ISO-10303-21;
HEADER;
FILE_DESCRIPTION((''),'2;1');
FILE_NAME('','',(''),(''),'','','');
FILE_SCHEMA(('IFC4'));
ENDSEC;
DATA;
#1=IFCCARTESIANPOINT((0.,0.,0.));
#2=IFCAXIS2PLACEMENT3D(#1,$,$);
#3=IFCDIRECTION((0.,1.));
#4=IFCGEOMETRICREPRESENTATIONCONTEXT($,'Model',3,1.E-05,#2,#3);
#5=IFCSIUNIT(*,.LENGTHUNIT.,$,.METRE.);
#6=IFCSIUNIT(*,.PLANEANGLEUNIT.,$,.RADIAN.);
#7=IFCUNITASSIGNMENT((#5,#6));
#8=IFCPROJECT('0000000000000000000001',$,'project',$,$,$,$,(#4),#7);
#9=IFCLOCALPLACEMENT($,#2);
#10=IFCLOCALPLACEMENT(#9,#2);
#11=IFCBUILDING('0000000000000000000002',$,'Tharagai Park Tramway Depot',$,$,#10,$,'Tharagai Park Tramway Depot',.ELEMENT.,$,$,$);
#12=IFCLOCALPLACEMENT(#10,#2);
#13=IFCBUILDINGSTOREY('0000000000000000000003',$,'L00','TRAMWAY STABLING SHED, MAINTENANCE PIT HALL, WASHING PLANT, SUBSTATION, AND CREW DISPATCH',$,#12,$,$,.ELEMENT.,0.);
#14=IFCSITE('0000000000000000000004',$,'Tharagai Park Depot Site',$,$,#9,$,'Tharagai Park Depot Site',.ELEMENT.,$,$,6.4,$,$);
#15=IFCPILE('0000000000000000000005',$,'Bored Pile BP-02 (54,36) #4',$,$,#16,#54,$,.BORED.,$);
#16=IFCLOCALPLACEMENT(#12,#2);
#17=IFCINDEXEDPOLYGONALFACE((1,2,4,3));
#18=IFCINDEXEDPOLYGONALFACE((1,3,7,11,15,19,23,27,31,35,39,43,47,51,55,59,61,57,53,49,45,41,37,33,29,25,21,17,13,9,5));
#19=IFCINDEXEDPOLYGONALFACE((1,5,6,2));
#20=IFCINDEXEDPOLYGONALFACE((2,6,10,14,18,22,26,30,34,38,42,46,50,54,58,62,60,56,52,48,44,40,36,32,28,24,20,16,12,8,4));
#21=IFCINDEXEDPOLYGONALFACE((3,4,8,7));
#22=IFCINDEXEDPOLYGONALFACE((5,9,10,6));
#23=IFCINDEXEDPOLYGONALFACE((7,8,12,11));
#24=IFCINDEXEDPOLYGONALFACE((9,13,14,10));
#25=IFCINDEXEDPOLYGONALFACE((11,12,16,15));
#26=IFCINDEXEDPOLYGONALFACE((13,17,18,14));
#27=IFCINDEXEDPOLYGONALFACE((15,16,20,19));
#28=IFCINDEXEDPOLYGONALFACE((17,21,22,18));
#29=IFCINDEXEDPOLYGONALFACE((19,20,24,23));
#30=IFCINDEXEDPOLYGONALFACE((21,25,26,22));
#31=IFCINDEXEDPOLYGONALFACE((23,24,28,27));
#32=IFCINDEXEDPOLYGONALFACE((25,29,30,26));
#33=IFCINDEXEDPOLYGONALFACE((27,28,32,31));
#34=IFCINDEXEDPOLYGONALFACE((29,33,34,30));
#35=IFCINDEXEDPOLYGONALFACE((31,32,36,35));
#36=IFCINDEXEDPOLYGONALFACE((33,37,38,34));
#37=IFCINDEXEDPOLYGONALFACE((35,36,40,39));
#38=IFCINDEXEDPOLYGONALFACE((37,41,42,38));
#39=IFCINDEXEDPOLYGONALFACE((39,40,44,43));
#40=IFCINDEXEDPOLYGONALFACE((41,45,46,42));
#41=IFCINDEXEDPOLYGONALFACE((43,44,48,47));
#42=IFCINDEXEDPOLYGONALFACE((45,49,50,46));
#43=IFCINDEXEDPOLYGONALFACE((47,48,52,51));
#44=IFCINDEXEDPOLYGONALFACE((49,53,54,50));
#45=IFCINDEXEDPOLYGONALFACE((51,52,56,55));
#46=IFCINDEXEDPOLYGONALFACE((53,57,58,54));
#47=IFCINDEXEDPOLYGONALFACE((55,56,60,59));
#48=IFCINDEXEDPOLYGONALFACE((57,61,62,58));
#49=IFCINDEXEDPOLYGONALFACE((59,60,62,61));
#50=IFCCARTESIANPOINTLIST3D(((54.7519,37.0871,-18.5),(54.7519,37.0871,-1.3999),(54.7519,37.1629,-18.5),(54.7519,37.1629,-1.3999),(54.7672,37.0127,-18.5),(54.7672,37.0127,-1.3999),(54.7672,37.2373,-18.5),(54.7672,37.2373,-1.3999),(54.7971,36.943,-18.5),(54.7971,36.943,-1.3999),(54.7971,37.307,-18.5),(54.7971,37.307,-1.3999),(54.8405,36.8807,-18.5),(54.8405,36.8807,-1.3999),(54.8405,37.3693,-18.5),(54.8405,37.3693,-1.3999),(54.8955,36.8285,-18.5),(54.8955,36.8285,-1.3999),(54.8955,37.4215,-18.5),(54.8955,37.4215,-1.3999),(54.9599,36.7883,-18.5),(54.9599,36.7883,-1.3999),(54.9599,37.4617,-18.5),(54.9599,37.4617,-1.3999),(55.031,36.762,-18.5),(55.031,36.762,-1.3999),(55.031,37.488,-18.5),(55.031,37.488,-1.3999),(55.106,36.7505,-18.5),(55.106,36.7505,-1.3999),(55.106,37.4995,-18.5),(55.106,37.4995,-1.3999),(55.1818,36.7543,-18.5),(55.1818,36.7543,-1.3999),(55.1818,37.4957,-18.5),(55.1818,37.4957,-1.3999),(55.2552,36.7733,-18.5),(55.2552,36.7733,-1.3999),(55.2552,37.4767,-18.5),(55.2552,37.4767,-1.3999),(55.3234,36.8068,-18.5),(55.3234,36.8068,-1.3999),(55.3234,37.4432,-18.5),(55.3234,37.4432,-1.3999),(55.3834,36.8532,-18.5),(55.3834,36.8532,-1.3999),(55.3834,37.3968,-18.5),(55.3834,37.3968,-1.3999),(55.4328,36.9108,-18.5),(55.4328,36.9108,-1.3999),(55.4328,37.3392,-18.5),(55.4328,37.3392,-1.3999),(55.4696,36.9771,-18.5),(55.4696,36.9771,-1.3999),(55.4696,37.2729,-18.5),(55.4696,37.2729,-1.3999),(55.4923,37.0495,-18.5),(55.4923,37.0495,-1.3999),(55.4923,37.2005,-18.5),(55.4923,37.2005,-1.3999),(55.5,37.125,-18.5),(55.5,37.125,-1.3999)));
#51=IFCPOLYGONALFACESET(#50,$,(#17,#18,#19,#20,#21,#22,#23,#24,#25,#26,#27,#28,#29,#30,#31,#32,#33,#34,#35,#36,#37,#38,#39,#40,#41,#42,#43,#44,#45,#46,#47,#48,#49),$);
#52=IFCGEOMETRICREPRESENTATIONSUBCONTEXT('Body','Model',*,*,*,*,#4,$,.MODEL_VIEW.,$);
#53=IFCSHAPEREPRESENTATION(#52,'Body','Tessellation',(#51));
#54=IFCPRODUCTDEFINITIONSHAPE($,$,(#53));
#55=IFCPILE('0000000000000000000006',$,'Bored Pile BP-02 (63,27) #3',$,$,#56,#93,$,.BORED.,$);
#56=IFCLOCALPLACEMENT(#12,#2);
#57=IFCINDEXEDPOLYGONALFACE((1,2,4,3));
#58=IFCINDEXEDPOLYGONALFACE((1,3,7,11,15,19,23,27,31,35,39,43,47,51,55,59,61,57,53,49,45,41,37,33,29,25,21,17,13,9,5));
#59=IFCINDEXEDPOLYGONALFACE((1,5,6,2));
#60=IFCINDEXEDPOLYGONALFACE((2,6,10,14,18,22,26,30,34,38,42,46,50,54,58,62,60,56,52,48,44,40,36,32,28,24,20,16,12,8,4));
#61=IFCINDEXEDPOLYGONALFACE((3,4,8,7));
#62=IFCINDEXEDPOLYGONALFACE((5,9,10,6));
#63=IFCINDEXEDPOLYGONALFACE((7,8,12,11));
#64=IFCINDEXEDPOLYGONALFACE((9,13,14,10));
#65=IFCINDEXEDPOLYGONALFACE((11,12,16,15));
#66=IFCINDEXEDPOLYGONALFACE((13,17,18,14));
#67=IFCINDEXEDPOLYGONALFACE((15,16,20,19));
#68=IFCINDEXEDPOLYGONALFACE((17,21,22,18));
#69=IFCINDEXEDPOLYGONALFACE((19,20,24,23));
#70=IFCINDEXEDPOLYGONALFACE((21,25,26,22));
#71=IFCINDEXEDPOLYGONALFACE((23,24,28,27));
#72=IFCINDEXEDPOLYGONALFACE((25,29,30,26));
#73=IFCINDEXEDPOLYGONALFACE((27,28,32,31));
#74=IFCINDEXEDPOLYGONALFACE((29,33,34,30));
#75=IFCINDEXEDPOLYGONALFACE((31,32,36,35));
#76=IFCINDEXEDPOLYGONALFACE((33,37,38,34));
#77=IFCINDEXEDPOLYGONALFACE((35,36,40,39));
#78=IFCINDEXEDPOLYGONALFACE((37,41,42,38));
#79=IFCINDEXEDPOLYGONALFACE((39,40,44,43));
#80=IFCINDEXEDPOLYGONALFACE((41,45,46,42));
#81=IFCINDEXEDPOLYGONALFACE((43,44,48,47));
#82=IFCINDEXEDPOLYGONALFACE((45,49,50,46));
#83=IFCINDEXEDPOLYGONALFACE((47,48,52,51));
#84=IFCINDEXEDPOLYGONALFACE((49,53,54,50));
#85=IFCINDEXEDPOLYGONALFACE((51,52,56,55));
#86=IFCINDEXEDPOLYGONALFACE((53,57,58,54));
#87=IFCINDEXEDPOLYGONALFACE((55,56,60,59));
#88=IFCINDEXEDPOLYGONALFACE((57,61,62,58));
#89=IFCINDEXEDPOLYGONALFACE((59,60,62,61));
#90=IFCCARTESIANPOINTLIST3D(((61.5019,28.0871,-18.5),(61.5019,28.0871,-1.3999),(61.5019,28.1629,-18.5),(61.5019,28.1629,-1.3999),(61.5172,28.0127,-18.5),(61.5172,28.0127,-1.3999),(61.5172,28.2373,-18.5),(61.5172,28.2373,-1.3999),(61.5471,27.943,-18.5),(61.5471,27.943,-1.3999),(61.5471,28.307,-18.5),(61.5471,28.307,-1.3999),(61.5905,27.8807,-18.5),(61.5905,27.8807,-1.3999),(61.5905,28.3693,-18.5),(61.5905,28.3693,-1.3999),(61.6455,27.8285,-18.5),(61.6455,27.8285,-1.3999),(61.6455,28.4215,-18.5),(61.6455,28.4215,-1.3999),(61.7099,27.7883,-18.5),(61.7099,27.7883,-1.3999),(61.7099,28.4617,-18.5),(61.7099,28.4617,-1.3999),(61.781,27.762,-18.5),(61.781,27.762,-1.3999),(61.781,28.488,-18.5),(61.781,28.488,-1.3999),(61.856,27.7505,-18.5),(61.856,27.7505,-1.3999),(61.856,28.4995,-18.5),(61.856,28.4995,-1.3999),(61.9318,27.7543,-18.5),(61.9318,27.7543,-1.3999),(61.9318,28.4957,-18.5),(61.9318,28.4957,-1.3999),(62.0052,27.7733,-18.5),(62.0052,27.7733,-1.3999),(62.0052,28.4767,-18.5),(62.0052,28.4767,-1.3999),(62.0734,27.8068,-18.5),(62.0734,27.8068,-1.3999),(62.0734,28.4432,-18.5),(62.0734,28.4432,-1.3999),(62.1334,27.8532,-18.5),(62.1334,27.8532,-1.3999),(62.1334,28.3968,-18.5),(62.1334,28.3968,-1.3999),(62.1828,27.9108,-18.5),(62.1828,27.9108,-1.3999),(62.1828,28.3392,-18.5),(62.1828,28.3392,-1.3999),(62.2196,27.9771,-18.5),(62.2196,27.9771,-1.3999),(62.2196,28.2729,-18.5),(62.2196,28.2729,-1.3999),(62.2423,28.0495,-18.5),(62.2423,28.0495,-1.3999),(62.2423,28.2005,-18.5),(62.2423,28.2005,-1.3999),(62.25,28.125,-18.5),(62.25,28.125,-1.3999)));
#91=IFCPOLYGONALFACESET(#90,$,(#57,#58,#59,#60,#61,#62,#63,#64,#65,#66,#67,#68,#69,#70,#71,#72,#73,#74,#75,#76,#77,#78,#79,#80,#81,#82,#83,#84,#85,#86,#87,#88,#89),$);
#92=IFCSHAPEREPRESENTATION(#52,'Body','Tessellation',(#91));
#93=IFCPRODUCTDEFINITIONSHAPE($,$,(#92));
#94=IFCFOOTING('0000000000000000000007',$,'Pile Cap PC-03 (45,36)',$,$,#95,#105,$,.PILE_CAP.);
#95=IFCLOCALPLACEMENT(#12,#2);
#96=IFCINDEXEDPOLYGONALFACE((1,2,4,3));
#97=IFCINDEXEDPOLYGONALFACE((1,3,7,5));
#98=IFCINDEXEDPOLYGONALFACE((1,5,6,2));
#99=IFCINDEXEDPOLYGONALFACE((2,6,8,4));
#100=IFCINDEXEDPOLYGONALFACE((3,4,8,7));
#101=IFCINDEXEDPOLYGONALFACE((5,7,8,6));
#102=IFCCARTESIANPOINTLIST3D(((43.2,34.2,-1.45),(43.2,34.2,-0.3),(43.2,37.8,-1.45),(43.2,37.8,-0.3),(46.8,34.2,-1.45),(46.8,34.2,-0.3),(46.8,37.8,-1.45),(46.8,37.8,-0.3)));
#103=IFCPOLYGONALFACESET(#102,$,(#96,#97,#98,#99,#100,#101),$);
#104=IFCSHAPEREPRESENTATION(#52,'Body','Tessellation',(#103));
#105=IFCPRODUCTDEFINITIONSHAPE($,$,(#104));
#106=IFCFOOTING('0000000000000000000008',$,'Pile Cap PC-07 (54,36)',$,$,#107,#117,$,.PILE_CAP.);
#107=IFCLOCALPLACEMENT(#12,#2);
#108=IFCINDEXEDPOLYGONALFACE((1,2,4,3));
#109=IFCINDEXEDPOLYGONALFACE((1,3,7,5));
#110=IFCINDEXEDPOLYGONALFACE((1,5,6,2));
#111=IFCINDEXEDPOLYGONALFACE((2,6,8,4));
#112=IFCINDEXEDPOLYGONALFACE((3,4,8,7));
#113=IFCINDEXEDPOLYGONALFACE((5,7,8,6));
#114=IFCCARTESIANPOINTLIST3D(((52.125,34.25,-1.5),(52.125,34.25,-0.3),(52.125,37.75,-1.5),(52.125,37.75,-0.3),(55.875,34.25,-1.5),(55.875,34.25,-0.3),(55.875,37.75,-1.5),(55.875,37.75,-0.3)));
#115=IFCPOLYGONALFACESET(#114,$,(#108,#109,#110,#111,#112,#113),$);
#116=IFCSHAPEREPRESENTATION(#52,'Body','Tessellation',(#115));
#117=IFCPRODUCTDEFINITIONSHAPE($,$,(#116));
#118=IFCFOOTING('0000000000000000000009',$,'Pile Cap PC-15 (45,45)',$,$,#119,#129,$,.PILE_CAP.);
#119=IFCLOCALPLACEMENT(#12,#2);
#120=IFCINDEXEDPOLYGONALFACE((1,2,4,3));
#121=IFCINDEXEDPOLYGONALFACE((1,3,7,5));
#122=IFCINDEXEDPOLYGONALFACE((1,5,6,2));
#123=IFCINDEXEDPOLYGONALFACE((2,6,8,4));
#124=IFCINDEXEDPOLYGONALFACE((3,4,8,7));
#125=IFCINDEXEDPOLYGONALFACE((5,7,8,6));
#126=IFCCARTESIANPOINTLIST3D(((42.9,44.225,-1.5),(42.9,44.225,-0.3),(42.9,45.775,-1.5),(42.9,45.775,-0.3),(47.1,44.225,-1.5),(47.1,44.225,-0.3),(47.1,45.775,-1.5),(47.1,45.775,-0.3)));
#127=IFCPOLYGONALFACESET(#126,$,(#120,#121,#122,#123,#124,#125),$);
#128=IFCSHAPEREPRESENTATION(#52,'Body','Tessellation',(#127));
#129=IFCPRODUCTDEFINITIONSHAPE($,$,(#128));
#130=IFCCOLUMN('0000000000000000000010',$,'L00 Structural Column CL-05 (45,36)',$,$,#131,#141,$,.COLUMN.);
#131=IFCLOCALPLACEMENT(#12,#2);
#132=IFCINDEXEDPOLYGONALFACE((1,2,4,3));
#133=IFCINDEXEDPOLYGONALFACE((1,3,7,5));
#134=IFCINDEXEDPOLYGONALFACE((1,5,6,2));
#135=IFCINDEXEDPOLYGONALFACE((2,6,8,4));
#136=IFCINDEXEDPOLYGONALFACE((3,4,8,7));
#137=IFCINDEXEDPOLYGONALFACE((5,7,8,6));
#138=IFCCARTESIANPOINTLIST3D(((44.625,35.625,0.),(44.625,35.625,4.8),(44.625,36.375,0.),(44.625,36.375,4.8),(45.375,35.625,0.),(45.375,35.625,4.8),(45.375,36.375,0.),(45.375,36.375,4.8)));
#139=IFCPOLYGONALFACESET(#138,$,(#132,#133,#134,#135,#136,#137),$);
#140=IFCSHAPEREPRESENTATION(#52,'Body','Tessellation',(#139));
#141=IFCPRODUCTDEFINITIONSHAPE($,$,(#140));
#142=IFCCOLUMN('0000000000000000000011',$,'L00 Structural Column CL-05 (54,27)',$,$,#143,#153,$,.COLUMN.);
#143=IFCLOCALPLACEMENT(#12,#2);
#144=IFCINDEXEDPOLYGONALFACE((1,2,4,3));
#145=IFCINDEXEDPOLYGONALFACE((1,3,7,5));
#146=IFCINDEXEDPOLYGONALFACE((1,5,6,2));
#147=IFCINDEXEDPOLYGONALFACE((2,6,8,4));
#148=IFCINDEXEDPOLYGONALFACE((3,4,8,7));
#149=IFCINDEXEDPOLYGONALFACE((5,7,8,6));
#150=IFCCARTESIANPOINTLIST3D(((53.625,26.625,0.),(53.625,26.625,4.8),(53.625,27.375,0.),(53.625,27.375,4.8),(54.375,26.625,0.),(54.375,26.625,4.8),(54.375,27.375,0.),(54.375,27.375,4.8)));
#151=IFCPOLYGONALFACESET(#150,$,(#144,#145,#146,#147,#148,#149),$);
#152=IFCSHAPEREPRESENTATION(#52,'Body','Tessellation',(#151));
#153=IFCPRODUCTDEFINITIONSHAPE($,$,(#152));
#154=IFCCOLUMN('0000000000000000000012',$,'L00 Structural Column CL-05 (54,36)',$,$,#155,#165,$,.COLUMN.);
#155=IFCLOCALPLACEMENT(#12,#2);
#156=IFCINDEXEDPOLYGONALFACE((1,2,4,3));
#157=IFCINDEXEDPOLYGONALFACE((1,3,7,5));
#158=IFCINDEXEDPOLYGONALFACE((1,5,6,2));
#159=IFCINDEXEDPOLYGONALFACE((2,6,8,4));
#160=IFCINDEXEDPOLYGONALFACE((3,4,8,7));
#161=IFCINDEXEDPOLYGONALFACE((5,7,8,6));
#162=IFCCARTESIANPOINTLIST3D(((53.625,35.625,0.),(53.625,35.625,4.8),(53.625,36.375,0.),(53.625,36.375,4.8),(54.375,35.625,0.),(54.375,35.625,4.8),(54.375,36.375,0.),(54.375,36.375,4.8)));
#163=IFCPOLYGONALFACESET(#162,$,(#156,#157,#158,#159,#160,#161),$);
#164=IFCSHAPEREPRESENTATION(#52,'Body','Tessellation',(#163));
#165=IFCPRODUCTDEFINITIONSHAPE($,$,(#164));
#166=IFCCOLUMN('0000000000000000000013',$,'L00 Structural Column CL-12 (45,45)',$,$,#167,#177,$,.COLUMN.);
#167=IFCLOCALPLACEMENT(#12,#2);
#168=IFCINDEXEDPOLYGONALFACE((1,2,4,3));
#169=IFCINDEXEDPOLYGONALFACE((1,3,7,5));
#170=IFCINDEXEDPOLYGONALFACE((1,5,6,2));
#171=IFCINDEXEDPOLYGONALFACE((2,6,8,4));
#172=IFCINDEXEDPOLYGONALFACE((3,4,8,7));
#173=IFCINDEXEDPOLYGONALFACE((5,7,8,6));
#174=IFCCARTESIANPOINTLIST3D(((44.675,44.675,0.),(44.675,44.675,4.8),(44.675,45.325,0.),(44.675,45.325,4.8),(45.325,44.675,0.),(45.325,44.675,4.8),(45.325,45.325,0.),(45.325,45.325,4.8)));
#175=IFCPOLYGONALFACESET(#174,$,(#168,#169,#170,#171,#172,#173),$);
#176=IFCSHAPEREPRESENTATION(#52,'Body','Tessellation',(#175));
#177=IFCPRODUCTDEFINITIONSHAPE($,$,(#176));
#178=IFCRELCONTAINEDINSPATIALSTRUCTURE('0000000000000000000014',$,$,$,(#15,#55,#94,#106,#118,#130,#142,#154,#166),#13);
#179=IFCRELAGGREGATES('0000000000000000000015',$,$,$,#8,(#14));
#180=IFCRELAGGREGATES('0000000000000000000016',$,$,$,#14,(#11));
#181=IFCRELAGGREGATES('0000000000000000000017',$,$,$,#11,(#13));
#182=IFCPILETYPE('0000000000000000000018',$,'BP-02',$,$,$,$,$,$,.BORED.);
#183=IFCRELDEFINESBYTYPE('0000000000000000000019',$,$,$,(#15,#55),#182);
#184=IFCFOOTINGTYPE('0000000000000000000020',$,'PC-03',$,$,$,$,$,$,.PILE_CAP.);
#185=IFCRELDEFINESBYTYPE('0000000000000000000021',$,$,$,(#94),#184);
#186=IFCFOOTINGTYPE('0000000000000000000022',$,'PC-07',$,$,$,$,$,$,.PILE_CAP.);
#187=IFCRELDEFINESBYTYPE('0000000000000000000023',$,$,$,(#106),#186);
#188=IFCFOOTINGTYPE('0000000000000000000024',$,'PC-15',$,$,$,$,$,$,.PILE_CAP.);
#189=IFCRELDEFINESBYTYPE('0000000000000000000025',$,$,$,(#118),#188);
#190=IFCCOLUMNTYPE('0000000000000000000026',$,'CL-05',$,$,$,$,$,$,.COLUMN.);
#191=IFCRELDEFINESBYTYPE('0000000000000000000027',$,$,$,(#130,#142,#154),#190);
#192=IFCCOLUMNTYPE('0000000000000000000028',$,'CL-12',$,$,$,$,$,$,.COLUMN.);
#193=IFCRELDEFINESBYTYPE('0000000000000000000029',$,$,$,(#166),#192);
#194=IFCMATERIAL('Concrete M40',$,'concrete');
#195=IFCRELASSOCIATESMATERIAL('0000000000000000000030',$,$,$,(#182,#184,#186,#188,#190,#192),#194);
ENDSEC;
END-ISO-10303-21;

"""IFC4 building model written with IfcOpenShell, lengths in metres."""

from ifc_helpers import new_model, si_unit, direction, frame, origin, origin_2d, place, context, subcontext, project, spatial, rectangle, circle, extrude, material, material_profile, profile_set, type_object, element, save


model = new_model("IFC4")

# Units and contexts
model_context = context("Model", 3, precision=1e-05, world=origin(), true_north=direction((0.0, 1.0)))
body_context = subcontext(model_context, "Body", "Model", "MODEL_VIEW")
ifc_project = project(units=[si_unit("LENGTHUNIT", "METRE"), si_unit("PLANEANGLEUNIT", "RADIAN")], contexts=[model_context])

# Site, building, storey
site_placement = place(None, origin())
site = spatial("IfcSite", under=ifc_project, at=site_placement, Name="Tharagai Park Depot Site", LongName="Tharagai Park Depot Site", CompositionType="ELEMENT", RefElevation=6.4)
building_placement = place(site_placement, origin())
building = spatial("IfcBuilding", under=site, at=building_placement, Name="Tharagai Park Tramway Depot", LongName="Tharagai Park Tramway Depot", CompositionType="ELEMENT")
storey_placement = place(building_placement, origin())
storey = spatial("IfcBuildingStorey", under=building, at=storey_placement, Name="L00", Description="TRAMWAY STABLING SHED, MAINTENANCE PIT HALL, WASHING PLANT, SUBSTATION, AND CREW DISPATCH", CompositionType="ELEMENT", Elevation=0.0)

# Piles
ifc_material = material(Name="Concrete M40", Category="concrete")
ifc_material_profile_1 = material_profile(ifc_material, circle(Radius=0.375, at=origin_2d()), Name="PILE D750")
ifc_profile_set_1 = profile_set([ifc_material_profile_1], Name="Concrete M40")
pile_type_1 = type_object("IfcPileType", Name="BP-02", PredefinedType="BORED", material=ifc_profile_set_1)
for number, where, z_axis, x_axis, name in (
    (1, (55.125, 37.125, -1.3999), (0.0, 0.0, -1.0), (1.0, 0.0, 0.0), "Bored Pile BP-02 (54,36) #4"),
    (2, (61.875, 28.125, -1.3999), (0.0, 0.0, -1.0), (1.0, 0.0, 0.0), "Bored Pile BP-02 (63,27) #3"),
):
    element("IfcPile", number, at=place(storey_placement, frame(where, z_axis=z_axis, x_axis=x_axis)), inside=storey, type_object=pile_type_1, Name=name, PredefinedType="BORED", context=body_context, shape_type="SweptSolid", body=[
        extrude(circle(Radius=0.375, at=origin_2d()), origin(), (0.0, 0.0, 1.0), 17.1001),
    ])

# Footings
footing_type_1 = type_object("IfcFootingType", Name="PC-03", PredefinedType="PILE_CAP", material=ifc_material)
footing_1_placement = place(storey_placement, frame((45.0, 36.0, -1.45), z_axis=(0.0, 0.0, 1.0), x_axis=(1.0, 0.0, 0.0)))
element("IfcFooting", 3, at=footing_1_placement, inside=storey, type_object=footing_type_1, Name="Pile Cap PC-03 (45,36)", PredefinedType="PILE_CAP", context=body_context, shape_type="SweptSolid", body=[
    extrude(rectangle(XDim=3.6001, YDim=3.6001, at=origin_2d()), origin(), (0.0, 0.0, 1.0), 1.1499),
])
footing_type_2 = type_object("IfcFootingType", Name="PC-07", PredefinedType="PILE_CAP", material=ifc_material)
footing_2_placement = place(storey_placement, frame((54.0, 36.0, -1.5), z_axis=(0.0, 0.0, 1.0), x_axis=(1.0, 0.0, 0.0)))
element("IfcFooting", 4, at=footing_2_placement, inside=storey, type_object=footing_type_2, Name="Pile Cap PC-07 (54,36)", PredefinedType="PILE_CAP", context=body_context, shape_type="SweptSolid", body=[
    extrude(rectangle(XDim=3.75, YDim=3.5, at=origin_2d()), origin(), (0.0, 0.0, 1.0), 1.2),
])
footing_type_3 = type_object("IfcFootingType", Name="PC-15", PredefinedType="PILE_CAP", material=ifc_material)
footing_3_placement = place(storey_placement, frame((45.0, 45.0, -1.5), z_axis=(0.0, 0.0, 1.0), x_axis=(1.0, 0.0, 0.0)))
element("IfcFooting", 5, at=footing_3_placement, inside=storey, type_object=footing_type_3, Name="Pile Cap PC-15 (45,45)", PredefinedType="PILE_CAP", context=body_context, shape_type="SweptSolid", body=[
    extrude(rectangle(XDim=4.2, YDim=1.55, at=origin_2d()), origin(), (0.0, 0.0, 1.0), 1.2),
])

# Columns
ifc_material_profile_2 = material_profile(ifc_material, rectangle(XDim=0.75, YDim=0.75, at=origin_2d()), Name="RC 750x750")
ifc_profile_set_2 = profile_set([ifc_material_profile_2], Name="Concrete M40")
column_type_1 = type_object("IfcColumnType", Name="CL-05", PredefinedType="COLUMN", material=ifc_profile_set_2)
for number, where, z_axis, x_axis, name in (
    (6, (45.0, 36.0, 0.0), (0.0, 0.0, 1.0), (1.0, 0.0, 0.0), "L00 Structural Column CL-05 (45,36)"),
    (7, (54.0, 27.0, 0.0), (0.0, 0.0, 1.0), (1.0, 0.0, 0.0), "L00 Structural Column CL-05 (54,27)"),
    (8, (54.0, 36.0, 0.0), (0.0, 0.0, 1.0), (1.0, 0.0, 0.0), "L00 Structural Column CL-05 (54,36)"),
):
    element("IfcColumn", number, at=place(storey_placement, frame(where, z_axis=z_axis, x_axis=x_axis)), inside=storey, type_object=column_type_1, Name=name, PredefinedType="COLUMN", context=body_context, shape_type="SweptSolid", body=[
        extrude(rectangle(XDim=0.75, YDim=0.75, at=origin_2d()), origin(), (0.0, 0.0, 1.0), 4.8),
    ])
ifc_material_profile_3 = material_profile(ifc_material, rectangle(XDim=0.6499, YDim=0.6499, at=origin_2d()), Name="RC 650x650")
ifc_profile_set_3 = profile_set([ifc_material_profile_3], Name="Concrete M40")
column_type_2 = type_object("IfcColumnType", Name="CL-12", PredefinedType="COLUMN", material=ifc_profile_set_3)
column_placement = place(storey_placement, frame((45.0, 45.0, 0.0), z_axis=(0.0, 0.0, 1.0), x_axis=(1.0, 0.0, 0.0)))
element("IfcColumn", 9, at=column_placement, inside=storey, type_object=column_type_2, Name="L00 Structural Column CL-12 (45,45)", PredefinedType="COLUMN", context=body_context, shape_type="SweptSolid", body=[
    extrude(rectangle(XDim=0.6499, YDim=0.6499, at=origin_2d()), origin(), (0.0, 0.0, 1.0), 4.8),
])

save(model, "model.ifc")
